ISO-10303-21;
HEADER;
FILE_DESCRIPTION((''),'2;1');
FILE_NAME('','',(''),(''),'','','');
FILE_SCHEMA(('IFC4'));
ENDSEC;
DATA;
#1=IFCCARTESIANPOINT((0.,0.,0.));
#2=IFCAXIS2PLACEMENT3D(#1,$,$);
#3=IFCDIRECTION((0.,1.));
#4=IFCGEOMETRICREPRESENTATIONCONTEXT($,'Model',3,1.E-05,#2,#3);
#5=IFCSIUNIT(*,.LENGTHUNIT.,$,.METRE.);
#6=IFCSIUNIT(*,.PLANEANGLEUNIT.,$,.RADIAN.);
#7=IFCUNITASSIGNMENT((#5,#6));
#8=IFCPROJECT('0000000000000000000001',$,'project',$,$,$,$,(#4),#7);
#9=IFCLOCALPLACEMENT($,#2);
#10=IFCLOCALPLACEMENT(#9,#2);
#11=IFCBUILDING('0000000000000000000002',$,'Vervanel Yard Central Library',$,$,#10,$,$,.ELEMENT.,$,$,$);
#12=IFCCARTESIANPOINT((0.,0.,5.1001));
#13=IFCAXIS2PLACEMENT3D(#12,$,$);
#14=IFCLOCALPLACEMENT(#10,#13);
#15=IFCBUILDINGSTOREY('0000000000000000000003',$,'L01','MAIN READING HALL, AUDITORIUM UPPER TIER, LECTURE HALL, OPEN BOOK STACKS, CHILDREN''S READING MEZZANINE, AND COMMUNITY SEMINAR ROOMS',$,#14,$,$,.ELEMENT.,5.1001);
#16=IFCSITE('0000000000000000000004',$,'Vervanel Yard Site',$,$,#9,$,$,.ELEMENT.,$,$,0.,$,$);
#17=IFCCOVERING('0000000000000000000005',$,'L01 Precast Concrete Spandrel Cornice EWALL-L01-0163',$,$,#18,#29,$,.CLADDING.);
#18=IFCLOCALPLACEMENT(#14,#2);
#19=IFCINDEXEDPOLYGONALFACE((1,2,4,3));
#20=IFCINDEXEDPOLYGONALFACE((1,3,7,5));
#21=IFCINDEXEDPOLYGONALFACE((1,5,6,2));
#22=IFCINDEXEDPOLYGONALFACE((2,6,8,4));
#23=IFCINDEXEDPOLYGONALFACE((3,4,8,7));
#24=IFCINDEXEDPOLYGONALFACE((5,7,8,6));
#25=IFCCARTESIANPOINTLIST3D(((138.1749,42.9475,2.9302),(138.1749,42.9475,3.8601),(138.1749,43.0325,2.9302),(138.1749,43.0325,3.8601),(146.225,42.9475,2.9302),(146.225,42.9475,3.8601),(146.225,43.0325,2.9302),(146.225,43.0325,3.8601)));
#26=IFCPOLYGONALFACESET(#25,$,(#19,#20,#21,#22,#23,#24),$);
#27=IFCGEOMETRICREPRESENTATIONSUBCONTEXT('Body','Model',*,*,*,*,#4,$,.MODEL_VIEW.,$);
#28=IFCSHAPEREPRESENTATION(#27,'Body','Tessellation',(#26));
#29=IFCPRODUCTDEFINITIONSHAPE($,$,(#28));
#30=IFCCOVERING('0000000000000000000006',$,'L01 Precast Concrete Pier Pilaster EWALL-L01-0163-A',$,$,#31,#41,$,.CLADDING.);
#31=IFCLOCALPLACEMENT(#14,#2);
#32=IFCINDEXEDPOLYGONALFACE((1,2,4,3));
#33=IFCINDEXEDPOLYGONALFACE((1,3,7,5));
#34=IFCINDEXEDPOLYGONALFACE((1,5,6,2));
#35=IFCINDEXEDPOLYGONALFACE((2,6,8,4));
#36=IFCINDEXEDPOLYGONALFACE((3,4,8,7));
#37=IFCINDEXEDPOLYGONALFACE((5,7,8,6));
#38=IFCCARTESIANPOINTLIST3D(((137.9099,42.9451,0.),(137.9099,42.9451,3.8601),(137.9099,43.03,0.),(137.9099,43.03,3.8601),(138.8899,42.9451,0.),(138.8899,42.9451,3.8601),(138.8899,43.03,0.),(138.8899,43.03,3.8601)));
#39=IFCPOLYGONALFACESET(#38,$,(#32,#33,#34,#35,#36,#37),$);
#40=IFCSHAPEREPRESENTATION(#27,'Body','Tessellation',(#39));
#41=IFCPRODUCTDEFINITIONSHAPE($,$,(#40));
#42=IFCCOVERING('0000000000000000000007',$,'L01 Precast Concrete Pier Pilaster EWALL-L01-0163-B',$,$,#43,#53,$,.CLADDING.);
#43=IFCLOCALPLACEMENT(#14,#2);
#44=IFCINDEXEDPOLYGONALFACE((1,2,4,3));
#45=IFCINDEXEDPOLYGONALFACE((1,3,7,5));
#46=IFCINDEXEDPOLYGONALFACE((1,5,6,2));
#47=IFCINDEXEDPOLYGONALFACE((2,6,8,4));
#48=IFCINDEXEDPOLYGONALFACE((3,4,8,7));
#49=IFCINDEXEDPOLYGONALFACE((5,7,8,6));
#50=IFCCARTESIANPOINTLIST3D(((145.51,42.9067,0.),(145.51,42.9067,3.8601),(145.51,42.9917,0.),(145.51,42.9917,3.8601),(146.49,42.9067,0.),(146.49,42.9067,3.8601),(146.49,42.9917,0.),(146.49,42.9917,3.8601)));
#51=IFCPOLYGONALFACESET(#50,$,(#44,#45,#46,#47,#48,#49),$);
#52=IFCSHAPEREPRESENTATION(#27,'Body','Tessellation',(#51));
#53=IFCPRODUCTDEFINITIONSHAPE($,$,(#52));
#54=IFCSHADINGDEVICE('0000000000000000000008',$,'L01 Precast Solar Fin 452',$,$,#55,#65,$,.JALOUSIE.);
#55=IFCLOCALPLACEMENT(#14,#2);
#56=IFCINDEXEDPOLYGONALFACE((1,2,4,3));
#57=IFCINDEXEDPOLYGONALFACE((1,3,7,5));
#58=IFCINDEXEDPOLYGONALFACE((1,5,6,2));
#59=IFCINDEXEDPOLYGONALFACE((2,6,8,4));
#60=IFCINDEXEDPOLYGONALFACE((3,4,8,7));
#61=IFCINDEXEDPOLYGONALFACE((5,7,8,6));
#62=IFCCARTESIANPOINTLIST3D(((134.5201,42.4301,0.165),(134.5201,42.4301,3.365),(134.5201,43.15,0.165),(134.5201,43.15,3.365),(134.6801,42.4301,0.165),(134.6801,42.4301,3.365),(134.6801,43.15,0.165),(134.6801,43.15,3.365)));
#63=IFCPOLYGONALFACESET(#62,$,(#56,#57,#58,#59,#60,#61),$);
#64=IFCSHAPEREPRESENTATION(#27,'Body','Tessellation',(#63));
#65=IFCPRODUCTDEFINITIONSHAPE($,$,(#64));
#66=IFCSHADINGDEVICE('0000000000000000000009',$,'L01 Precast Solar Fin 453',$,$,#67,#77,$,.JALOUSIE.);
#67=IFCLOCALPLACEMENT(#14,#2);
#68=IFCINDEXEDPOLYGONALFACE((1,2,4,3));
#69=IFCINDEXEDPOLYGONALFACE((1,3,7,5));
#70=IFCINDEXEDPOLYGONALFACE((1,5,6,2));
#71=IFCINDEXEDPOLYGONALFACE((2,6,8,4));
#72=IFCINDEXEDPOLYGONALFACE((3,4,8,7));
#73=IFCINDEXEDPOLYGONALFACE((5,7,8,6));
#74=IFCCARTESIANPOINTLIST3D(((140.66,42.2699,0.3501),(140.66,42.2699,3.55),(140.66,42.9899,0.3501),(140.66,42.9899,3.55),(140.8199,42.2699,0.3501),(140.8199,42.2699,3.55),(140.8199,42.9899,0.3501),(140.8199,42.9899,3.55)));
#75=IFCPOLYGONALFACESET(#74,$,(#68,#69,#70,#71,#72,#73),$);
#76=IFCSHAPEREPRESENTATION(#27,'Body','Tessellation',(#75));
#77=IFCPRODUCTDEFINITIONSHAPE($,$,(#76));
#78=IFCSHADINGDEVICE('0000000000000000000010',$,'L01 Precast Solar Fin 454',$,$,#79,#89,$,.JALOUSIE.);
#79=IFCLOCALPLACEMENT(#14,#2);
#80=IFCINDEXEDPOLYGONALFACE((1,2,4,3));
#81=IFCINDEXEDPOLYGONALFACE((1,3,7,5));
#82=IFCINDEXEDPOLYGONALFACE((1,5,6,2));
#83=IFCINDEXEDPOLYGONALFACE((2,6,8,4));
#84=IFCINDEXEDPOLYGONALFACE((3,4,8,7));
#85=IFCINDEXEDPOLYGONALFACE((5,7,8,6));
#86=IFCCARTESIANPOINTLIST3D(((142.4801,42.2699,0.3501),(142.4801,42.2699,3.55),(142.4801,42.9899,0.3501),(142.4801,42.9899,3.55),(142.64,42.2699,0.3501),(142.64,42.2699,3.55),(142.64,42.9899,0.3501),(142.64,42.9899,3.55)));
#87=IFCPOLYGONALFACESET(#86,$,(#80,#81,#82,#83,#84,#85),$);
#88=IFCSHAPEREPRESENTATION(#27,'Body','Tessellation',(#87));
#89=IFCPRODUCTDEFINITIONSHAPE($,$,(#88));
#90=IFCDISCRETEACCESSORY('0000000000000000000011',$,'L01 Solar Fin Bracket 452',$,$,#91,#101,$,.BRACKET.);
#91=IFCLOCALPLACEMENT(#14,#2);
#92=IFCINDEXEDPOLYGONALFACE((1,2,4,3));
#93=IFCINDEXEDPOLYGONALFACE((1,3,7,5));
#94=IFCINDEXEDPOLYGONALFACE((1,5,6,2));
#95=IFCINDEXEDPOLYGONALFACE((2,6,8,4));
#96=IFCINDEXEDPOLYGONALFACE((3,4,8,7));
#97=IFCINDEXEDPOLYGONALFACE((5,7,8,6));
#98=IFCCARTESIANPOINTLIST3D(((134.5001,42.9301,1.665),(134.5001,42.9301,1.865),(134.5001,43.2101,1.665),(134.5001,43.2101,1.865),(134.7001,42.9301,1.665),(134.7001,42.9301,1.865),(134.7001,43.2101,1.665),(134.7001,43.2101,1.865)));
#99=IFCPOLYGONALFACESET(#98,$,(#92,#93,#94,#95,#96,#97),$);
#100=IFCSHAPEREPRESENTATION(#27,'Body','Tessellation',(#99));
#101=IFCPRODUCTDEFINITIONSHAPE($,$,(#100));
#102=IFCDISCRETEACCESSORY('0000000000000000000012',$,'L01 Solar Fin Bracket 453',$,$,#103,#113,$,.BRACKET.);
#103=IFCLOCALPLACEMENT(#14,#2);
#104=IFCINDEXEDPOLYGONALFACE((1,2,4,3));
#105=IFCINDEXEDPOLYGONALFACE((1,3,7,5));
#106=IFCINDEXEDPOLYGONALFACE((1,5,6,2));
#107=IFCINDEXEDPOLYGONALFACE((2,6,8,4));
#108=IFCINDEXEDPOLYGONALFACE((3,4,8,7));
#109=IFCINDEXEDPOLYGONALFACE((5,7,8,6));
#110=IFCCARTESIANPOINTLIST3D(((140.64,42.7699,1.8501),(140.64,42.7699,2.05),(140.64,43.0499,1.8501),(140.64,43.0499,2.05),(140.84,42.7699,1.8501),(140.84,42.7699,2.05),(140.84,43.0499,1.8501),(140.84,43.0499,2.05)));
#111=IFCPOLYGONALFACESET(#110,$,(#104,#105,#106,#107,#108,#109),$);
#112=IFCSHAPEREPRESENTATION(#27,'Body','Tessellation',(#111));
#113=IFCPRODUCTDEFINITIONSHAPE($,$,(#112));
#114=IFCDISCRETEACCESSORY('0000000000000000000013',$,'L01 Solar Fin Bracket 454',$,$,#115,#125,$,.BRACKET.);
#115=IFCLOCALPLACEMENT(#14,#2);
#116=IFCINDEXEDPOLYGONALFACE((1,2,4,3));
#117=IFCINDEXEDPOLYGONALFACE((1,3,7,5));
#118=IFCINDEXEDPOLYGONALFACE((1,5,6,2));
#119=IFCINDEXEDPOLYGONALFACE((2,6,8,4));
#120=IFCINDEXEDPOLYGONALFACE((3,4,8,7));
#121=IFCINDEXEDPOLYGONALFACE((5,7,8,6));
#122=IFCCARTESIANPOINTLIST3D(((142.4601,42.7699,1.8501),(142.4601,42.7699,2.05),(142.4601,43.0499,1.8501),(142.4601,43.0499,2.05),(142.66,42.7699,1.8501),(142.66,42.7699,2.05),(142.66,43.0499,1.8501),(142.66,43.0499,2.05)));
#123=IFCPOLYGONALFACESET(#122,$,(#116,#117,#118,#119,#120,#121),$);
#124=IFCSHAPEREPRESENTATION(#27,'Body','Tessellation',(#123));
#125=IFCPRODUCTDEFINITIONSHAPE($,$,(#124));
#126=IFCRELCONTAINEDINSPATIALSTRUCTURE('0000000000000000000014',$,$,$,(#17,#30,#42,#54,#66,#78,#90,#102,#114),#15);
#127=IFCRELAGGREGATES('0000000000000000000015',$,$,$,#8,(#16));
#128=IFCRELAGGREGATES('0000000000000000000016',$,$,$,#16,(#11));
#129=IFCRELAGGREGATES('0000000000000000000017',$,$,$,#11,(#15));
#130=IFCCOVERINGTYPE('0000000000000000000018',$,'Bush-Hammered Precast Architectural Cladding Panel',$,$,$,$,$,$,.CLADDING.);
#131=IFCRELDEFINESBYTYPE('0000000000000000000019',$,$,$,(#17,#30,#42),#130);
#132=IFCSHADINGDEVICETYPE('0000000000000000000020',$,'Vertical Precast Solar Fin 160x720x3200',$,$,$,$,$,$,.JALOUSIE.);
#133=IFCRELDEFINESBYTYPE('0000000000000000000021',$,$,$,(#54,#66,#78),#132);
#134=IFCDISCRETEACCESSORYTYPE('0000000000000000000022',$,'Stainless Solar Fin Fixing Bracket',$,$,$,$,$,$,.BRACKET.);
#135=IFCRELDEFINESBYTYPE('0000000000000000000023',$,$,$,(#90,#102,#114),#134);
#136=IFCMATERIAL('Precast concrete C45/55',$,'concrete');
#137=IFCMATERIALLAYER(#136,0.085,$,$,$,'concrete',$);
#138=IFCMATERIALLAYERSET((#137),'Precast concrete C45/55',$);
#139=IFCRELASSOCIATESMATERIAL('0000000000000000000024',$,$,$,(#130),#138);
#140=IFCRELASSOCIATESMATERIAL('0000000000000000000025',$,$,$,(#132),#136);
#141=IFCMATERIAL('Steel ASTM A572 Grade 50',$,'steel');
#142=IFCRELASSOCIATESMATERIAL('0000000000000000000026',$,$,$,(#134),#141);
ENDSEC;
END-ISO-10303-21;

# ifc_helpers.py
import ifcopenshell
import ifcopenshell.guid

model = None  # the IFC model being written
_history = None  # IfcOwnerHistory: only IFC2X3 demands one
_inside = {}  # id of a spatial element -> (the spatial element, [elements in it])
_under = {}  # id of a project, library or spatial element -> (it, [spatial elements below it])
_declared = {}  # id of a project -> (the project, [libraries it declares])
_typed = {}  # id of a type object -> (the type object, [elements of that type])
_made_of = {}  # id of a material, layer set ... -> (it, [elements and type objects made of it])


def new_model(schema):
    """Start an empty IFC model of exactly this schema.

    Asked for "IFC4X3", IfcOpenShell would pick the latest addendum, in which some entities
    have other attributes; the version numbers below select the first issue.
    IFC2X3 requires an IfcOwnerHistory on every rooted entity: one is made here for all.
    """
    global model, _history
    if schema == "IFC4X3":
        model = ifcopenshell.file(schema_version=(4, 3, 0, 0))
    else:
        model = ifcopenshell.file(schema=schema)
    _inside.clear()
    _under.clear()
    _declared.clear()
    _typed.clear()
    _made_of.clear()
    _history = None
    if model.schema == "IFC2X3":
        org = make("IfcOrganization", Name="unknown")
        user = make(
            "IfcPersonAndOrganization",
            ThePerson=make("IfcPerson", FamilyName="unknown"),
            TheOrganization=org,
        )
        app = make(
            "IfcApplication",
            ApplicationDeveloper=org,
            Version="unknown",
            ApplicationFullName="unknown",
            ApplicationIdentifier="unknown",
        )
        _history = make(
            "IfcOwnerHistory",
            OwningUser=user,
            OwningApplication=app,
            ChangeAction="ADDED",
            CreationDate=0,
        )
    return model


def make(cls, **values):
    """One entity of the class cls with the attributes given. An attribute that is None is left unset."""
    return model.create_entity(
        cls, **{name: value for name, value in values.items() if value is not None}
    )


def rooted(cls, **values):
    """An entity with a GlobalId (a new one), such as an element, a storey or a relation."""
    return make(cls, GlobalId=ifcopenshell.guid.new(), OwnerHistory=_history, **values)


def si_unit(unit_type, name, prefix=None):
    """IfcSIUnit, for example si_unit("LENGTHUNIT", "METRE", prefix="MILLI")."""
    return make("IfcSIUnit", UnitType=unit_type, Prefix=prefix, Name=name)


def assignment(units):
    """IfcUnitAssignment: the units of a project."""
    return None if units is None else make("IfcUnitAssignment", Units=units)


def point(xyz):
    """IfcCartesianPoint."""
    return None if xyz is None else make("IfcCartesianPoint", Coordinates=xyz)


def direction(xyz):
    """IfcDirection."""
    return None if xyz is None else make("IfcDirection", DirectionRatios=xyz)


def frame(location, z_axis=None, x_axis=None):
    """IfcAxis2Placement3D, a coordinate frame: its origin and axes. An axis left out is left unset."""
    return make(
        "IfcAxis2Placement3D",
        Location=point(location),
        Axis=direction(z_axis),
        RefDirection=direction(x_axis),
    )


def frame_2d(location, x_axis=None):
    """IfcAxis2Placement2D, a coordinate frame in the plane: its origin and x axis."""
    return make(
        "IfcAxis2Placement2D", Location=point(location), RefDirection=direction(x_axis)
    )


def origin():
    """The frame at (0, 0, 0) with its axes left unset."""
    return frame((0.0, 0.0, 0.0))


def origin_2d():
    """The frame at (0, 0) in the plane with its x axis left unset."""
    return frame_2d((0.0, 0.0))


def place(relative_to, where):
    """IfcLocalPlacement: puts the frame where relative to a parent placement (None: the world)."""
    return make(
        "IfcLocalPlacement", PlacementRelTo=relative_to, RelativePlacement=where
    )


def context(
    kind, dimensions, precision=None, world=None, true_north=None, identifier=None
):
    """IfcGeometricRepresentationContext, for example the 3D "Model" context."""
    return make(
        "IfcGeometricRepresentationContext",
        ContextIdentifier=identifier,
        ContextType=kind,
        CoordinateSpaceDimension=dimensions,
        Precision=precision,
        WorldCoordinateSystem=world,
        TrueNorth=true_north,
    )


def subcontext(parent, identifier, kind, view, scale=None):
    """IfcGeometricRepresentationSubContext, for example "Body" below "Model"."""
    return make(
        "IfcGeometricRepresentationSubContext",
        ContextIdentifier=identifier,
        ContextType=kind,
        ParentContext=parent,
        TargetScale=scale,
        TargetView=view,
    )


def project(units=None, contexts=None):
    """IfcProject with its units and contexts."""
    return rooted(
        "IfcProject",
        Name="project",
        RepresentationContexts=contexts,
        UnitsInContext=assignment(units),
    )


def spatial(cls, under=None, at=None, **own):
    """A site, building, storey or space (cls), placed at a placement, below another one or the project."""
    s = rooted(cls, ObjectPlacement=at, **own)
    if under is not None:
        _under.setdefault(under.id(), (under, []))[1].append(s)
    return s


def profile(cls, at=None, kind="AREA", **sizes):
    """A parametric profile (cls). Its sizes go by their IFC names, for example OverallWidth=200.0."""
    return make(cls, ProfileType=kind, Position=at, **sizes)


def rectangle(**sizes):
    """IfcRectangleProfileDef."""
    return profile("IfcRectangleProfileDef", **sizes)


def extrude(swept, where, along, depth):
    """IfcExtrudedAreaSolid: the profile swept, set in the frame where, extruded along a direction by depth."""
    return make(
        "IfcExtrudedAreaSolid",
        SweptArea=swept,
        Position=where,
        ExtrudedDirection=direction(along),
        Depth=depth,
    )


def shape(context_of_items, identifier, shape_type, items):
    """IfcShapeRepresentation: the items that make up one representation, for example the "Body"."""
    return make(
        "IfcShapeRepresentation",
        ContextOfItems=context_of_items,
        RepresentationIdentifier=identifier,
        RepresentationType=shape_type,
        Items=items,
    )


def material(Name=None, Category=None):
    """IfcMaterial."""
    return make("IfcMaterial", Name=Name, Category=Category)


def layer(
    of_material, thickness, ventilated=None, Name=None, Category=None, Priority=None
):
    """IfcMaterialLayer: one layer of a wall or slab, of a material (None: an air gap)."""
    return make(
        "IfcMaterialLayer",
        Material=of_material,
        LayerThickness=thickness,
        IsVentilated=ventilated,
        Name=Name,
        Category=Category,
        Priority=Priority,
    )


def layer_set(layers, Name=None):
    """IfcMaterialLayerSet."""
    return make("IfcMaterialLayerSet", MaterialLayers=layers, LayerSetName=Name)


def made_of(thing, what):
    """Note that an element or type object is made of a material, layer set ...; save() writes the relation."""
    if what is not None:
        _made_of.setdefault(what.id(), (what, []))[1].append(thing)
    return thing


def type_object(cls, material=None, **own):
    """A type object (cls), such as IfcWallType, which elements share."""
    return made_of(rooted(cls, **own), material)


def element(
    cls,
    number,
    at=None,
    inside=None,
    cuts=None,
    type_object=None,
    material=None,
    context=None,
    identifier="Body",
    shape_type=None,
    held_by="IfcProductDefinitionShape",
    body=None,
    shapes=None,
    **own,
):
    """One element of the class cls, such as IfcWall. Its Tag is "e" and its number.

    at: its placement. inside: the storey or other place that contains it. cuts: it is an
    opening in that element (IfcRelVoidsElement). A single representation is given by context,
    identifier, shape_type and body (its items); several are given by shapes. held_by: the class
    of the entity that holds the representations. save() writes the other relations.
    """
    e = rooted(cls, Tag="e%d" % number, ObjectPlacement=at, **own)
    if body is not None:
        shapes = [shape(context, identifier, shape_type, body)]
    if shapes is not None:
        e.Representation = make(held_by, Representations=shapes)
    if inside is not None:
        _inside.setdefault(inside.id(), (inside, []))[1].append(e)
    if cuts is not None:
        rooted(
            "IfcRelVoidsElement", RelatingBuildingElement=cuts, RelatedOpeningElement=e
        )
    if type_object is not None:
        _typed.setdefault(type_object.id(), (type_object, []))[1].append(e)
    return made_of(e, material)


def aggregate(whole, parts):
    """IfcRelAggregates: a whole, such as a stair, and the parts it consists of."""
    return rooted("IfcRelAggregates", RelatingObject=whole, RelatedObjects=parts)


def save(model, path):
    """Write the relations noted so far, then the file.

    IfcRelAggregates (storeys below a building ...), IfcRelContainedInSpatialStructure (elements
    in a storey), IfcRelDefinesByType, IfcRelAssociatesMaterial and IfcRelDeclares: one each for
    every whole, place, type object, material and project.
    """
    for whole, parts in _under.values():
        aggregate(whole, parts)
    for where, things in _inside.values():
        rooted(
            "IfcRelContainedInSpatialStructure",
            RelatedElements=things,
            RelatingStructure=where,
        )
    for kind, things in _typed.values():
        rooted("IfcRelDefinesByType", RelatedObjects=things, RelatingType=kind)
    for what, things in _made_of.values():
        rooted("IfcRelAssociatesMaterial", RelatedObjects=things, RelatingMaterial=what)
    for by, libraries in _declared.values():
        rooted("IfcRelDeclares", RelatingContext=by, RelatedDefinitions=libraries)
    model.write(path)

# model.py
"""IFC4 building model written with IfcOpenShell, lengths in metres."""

from ifc_helpers import new_model, si_unit, direction, frame, origin, origin_2d, place, context, subcontext, project, spatial, rectangle, extrude, material, layer, layer_set, type_object, element, save


model = new_model("IFC4")

# Units and contexts
model_context = context("Model", 3, precision=1e-05, world=origin(), true_north=direction((0.0, 1.0)))
body_context = subcontext(model_context, "Body", "Model", "MODEL_VIEW")
ifc_project = project(units=[si_unit("LENGTHUNIT", "METRE"), si_unit("PLANEANGLEUNIT", "RADIAN")], contexts=[model_context])

# Site, building, storey
site_placement = place(None, origin())
site = spatial("IfcSite", under=ifc_project, at=site_placement, Name="Vervanel Yard Site", CompositionType="ELEMENT", RefElevation=0.0)
building_placement = place(site_placement, origin())
building = spatial("IfcBuilding", under=site, at=building_placement, Name="Vervanel Yard Central Library", CompositionType="ELEMENT")
storey_placement = place(building_placement, frame((0.0, 0.0, 5.1001)))
storey = spatial("IfcBuildingStorey", under=building, at=storey_placement, Name="L01", Description="MAIN READING HALL, AUDITORIUM UPPER TIER, LECTURE HALL, OPEN BOOK STACKS, CHILDREN'S READING MEZZANINE, AND COMMUNITY SEMINAR ROOMS", CompositionType="ELEMENT", Elevation=5.1001)

# Coverings
ifc_material_1 = material(Name="Precast concrete C45/55", Category="concrete")
ifc_layer_1 = layer(ifc_material_1, 0.085, Category="concrete")
ifc_layer_set_1 = layer_set([ifc_layer_1], Name="Precast concrete C45/55")
covering_type = type_object("IfcCoveringType", Name="Bush-Hammered Precast Architectural Cladding Panel", PredefinedType="CLADDING", material=ifc_layer_set_1)
covering_placement = place(storey_placement, frame((142.2, 42.99, 2.9302), z_axis=(0.0, 0.0, 1.0), x_axis=(1.0, 0.0, 0.0)))
element("IfcCovering", 1, at=covering_placement, inside=storey, type_object=covering_type, Name="L01 Precast Concrete Spandrel Cornice EWALL-L01-0163", PredefinedType="CLADDING", context=body_context, shape_type="SweptSolid", body=[
    extrude(rectangle(XDim=8.05, YDim=0.085, at=origin_2d()), origin(), (0.0, 0.0, 1.0), 0.9299),
])
for number, where, z_axis, x_axis, name in (
    (2, (138.3999, 42.9875, 0.0), (0.0, 0.0, 1.0), (1.0, 0.0, 0.0), "L01 Precast Concrete Pier Pilaster EWALL-L01-0163-A"),
    (3, (146.0, 42.9492, 0.0), (0.0, 0.0, 1.0), (1.0, 0.0, 0.0), "L01 Precast Concrete Pier Pilaster EWALL-L01-0163-B"),
):
    element("IfcCovering", number, at=place(storey_placement, frame(where, z_axis=z_axis, x_axis=x_axis)), inside=storey, type_object=covering_type, Name=name, PredefinedType="CLADDING", context=body_context, shape_type="SweptSolid", body=[
        extrude(rectangle(XDim=0.98, YDim=0.085, at=origin_2d()), origin(), (0.0, 0.0, 1.0), 3.8601),
    ])

# Shading devices
shading_device_type = type_object("IfcShadingDeviceType", Name="Vertical Precast Solar Fin 160x720x3200", PredefinedType="JALOUSIE", material=ifc_material_1)
for number, where, z_axis, x_axis, name in (
    (4, (134.6001, 42.79, 0.165), (0.0, 0.0, 1.0), (1.0, 0.0, 0.0), "L01 Precast Solar Fin 452"),
    (5, (140.74, 42.6299, 0.3501), (0.0, 0.0, 1.0), (1.0, 0.0, 0.0), "L01 Precast Solar Fin 453"),
    (6, (142.5601, 42.6299, 0.3501), (0.0, 0.0, 1.0), (1.0, 0.0, 0.0), "L01 Precast Solar Fin 454"),
):
    element("IfcShadingDevice", number, at=place(storey_placement, frame(where, z_axis=z_axis, x_axis=x_axis)), inside=storey, type_object=shading_device_type, Name=name, PredefinedType="JALOUSIE", context=body_context, shape_type="SweptSolid", body=[
        extrude(rectangle(XDim=0.1599, YDim=0.72, at=origin_2d()), origin(), (0.0, 0.0, 1.0), 3.2),
    ])

# Discrete accessories
ifc_material_2 = material(Name="Steel ASTM A572 Grade 50", Category="steel")
discrete_accessory_type = type_object("IfcDiscreteAccessoryType", Name="Stainless Solar Fin Fixing Bracket", PredefinedType="BRACKET", material=ifc_material_2)
for number, where, z_axis, x_axis, name in (
    (7, (134.6001, 43.0701, 1.665), (0.0, 0.0, 1.0), (1.0, 0.0, 0.0), "L01 Solar Fin Bracket 452"),
    (8, (140.74, 42.9099, 1.8501), (0.0, 0.0, 1.0), (1.0, 0.0, 0.0), "L01 Solar Fin Bracket 453"),
    (9, (142.5601, 42.9099, 1.8501), (0.0, 0.0, 1.0), (1.0, 0.0, 0.0), "L01 Solar Fin Bracket 454"),
):
    element("IfcDiscreteAccessory", number, at=place(storey_placement, frame(where, z_axis=z_axis, x_axis=x_axis)), inside=storey, type_object=discrete_accessory_type, Name=name, PredefinedType="BRACKET", context=body_context, shape_type="SweptSolid", body=[
        extrude(rectangle(XDim=0.2, YDim=0.28, at=origin_2d()), origin(), (0.0, 0.0, 1.0), 0.2),
    ])

save(model, "model.ifc")
